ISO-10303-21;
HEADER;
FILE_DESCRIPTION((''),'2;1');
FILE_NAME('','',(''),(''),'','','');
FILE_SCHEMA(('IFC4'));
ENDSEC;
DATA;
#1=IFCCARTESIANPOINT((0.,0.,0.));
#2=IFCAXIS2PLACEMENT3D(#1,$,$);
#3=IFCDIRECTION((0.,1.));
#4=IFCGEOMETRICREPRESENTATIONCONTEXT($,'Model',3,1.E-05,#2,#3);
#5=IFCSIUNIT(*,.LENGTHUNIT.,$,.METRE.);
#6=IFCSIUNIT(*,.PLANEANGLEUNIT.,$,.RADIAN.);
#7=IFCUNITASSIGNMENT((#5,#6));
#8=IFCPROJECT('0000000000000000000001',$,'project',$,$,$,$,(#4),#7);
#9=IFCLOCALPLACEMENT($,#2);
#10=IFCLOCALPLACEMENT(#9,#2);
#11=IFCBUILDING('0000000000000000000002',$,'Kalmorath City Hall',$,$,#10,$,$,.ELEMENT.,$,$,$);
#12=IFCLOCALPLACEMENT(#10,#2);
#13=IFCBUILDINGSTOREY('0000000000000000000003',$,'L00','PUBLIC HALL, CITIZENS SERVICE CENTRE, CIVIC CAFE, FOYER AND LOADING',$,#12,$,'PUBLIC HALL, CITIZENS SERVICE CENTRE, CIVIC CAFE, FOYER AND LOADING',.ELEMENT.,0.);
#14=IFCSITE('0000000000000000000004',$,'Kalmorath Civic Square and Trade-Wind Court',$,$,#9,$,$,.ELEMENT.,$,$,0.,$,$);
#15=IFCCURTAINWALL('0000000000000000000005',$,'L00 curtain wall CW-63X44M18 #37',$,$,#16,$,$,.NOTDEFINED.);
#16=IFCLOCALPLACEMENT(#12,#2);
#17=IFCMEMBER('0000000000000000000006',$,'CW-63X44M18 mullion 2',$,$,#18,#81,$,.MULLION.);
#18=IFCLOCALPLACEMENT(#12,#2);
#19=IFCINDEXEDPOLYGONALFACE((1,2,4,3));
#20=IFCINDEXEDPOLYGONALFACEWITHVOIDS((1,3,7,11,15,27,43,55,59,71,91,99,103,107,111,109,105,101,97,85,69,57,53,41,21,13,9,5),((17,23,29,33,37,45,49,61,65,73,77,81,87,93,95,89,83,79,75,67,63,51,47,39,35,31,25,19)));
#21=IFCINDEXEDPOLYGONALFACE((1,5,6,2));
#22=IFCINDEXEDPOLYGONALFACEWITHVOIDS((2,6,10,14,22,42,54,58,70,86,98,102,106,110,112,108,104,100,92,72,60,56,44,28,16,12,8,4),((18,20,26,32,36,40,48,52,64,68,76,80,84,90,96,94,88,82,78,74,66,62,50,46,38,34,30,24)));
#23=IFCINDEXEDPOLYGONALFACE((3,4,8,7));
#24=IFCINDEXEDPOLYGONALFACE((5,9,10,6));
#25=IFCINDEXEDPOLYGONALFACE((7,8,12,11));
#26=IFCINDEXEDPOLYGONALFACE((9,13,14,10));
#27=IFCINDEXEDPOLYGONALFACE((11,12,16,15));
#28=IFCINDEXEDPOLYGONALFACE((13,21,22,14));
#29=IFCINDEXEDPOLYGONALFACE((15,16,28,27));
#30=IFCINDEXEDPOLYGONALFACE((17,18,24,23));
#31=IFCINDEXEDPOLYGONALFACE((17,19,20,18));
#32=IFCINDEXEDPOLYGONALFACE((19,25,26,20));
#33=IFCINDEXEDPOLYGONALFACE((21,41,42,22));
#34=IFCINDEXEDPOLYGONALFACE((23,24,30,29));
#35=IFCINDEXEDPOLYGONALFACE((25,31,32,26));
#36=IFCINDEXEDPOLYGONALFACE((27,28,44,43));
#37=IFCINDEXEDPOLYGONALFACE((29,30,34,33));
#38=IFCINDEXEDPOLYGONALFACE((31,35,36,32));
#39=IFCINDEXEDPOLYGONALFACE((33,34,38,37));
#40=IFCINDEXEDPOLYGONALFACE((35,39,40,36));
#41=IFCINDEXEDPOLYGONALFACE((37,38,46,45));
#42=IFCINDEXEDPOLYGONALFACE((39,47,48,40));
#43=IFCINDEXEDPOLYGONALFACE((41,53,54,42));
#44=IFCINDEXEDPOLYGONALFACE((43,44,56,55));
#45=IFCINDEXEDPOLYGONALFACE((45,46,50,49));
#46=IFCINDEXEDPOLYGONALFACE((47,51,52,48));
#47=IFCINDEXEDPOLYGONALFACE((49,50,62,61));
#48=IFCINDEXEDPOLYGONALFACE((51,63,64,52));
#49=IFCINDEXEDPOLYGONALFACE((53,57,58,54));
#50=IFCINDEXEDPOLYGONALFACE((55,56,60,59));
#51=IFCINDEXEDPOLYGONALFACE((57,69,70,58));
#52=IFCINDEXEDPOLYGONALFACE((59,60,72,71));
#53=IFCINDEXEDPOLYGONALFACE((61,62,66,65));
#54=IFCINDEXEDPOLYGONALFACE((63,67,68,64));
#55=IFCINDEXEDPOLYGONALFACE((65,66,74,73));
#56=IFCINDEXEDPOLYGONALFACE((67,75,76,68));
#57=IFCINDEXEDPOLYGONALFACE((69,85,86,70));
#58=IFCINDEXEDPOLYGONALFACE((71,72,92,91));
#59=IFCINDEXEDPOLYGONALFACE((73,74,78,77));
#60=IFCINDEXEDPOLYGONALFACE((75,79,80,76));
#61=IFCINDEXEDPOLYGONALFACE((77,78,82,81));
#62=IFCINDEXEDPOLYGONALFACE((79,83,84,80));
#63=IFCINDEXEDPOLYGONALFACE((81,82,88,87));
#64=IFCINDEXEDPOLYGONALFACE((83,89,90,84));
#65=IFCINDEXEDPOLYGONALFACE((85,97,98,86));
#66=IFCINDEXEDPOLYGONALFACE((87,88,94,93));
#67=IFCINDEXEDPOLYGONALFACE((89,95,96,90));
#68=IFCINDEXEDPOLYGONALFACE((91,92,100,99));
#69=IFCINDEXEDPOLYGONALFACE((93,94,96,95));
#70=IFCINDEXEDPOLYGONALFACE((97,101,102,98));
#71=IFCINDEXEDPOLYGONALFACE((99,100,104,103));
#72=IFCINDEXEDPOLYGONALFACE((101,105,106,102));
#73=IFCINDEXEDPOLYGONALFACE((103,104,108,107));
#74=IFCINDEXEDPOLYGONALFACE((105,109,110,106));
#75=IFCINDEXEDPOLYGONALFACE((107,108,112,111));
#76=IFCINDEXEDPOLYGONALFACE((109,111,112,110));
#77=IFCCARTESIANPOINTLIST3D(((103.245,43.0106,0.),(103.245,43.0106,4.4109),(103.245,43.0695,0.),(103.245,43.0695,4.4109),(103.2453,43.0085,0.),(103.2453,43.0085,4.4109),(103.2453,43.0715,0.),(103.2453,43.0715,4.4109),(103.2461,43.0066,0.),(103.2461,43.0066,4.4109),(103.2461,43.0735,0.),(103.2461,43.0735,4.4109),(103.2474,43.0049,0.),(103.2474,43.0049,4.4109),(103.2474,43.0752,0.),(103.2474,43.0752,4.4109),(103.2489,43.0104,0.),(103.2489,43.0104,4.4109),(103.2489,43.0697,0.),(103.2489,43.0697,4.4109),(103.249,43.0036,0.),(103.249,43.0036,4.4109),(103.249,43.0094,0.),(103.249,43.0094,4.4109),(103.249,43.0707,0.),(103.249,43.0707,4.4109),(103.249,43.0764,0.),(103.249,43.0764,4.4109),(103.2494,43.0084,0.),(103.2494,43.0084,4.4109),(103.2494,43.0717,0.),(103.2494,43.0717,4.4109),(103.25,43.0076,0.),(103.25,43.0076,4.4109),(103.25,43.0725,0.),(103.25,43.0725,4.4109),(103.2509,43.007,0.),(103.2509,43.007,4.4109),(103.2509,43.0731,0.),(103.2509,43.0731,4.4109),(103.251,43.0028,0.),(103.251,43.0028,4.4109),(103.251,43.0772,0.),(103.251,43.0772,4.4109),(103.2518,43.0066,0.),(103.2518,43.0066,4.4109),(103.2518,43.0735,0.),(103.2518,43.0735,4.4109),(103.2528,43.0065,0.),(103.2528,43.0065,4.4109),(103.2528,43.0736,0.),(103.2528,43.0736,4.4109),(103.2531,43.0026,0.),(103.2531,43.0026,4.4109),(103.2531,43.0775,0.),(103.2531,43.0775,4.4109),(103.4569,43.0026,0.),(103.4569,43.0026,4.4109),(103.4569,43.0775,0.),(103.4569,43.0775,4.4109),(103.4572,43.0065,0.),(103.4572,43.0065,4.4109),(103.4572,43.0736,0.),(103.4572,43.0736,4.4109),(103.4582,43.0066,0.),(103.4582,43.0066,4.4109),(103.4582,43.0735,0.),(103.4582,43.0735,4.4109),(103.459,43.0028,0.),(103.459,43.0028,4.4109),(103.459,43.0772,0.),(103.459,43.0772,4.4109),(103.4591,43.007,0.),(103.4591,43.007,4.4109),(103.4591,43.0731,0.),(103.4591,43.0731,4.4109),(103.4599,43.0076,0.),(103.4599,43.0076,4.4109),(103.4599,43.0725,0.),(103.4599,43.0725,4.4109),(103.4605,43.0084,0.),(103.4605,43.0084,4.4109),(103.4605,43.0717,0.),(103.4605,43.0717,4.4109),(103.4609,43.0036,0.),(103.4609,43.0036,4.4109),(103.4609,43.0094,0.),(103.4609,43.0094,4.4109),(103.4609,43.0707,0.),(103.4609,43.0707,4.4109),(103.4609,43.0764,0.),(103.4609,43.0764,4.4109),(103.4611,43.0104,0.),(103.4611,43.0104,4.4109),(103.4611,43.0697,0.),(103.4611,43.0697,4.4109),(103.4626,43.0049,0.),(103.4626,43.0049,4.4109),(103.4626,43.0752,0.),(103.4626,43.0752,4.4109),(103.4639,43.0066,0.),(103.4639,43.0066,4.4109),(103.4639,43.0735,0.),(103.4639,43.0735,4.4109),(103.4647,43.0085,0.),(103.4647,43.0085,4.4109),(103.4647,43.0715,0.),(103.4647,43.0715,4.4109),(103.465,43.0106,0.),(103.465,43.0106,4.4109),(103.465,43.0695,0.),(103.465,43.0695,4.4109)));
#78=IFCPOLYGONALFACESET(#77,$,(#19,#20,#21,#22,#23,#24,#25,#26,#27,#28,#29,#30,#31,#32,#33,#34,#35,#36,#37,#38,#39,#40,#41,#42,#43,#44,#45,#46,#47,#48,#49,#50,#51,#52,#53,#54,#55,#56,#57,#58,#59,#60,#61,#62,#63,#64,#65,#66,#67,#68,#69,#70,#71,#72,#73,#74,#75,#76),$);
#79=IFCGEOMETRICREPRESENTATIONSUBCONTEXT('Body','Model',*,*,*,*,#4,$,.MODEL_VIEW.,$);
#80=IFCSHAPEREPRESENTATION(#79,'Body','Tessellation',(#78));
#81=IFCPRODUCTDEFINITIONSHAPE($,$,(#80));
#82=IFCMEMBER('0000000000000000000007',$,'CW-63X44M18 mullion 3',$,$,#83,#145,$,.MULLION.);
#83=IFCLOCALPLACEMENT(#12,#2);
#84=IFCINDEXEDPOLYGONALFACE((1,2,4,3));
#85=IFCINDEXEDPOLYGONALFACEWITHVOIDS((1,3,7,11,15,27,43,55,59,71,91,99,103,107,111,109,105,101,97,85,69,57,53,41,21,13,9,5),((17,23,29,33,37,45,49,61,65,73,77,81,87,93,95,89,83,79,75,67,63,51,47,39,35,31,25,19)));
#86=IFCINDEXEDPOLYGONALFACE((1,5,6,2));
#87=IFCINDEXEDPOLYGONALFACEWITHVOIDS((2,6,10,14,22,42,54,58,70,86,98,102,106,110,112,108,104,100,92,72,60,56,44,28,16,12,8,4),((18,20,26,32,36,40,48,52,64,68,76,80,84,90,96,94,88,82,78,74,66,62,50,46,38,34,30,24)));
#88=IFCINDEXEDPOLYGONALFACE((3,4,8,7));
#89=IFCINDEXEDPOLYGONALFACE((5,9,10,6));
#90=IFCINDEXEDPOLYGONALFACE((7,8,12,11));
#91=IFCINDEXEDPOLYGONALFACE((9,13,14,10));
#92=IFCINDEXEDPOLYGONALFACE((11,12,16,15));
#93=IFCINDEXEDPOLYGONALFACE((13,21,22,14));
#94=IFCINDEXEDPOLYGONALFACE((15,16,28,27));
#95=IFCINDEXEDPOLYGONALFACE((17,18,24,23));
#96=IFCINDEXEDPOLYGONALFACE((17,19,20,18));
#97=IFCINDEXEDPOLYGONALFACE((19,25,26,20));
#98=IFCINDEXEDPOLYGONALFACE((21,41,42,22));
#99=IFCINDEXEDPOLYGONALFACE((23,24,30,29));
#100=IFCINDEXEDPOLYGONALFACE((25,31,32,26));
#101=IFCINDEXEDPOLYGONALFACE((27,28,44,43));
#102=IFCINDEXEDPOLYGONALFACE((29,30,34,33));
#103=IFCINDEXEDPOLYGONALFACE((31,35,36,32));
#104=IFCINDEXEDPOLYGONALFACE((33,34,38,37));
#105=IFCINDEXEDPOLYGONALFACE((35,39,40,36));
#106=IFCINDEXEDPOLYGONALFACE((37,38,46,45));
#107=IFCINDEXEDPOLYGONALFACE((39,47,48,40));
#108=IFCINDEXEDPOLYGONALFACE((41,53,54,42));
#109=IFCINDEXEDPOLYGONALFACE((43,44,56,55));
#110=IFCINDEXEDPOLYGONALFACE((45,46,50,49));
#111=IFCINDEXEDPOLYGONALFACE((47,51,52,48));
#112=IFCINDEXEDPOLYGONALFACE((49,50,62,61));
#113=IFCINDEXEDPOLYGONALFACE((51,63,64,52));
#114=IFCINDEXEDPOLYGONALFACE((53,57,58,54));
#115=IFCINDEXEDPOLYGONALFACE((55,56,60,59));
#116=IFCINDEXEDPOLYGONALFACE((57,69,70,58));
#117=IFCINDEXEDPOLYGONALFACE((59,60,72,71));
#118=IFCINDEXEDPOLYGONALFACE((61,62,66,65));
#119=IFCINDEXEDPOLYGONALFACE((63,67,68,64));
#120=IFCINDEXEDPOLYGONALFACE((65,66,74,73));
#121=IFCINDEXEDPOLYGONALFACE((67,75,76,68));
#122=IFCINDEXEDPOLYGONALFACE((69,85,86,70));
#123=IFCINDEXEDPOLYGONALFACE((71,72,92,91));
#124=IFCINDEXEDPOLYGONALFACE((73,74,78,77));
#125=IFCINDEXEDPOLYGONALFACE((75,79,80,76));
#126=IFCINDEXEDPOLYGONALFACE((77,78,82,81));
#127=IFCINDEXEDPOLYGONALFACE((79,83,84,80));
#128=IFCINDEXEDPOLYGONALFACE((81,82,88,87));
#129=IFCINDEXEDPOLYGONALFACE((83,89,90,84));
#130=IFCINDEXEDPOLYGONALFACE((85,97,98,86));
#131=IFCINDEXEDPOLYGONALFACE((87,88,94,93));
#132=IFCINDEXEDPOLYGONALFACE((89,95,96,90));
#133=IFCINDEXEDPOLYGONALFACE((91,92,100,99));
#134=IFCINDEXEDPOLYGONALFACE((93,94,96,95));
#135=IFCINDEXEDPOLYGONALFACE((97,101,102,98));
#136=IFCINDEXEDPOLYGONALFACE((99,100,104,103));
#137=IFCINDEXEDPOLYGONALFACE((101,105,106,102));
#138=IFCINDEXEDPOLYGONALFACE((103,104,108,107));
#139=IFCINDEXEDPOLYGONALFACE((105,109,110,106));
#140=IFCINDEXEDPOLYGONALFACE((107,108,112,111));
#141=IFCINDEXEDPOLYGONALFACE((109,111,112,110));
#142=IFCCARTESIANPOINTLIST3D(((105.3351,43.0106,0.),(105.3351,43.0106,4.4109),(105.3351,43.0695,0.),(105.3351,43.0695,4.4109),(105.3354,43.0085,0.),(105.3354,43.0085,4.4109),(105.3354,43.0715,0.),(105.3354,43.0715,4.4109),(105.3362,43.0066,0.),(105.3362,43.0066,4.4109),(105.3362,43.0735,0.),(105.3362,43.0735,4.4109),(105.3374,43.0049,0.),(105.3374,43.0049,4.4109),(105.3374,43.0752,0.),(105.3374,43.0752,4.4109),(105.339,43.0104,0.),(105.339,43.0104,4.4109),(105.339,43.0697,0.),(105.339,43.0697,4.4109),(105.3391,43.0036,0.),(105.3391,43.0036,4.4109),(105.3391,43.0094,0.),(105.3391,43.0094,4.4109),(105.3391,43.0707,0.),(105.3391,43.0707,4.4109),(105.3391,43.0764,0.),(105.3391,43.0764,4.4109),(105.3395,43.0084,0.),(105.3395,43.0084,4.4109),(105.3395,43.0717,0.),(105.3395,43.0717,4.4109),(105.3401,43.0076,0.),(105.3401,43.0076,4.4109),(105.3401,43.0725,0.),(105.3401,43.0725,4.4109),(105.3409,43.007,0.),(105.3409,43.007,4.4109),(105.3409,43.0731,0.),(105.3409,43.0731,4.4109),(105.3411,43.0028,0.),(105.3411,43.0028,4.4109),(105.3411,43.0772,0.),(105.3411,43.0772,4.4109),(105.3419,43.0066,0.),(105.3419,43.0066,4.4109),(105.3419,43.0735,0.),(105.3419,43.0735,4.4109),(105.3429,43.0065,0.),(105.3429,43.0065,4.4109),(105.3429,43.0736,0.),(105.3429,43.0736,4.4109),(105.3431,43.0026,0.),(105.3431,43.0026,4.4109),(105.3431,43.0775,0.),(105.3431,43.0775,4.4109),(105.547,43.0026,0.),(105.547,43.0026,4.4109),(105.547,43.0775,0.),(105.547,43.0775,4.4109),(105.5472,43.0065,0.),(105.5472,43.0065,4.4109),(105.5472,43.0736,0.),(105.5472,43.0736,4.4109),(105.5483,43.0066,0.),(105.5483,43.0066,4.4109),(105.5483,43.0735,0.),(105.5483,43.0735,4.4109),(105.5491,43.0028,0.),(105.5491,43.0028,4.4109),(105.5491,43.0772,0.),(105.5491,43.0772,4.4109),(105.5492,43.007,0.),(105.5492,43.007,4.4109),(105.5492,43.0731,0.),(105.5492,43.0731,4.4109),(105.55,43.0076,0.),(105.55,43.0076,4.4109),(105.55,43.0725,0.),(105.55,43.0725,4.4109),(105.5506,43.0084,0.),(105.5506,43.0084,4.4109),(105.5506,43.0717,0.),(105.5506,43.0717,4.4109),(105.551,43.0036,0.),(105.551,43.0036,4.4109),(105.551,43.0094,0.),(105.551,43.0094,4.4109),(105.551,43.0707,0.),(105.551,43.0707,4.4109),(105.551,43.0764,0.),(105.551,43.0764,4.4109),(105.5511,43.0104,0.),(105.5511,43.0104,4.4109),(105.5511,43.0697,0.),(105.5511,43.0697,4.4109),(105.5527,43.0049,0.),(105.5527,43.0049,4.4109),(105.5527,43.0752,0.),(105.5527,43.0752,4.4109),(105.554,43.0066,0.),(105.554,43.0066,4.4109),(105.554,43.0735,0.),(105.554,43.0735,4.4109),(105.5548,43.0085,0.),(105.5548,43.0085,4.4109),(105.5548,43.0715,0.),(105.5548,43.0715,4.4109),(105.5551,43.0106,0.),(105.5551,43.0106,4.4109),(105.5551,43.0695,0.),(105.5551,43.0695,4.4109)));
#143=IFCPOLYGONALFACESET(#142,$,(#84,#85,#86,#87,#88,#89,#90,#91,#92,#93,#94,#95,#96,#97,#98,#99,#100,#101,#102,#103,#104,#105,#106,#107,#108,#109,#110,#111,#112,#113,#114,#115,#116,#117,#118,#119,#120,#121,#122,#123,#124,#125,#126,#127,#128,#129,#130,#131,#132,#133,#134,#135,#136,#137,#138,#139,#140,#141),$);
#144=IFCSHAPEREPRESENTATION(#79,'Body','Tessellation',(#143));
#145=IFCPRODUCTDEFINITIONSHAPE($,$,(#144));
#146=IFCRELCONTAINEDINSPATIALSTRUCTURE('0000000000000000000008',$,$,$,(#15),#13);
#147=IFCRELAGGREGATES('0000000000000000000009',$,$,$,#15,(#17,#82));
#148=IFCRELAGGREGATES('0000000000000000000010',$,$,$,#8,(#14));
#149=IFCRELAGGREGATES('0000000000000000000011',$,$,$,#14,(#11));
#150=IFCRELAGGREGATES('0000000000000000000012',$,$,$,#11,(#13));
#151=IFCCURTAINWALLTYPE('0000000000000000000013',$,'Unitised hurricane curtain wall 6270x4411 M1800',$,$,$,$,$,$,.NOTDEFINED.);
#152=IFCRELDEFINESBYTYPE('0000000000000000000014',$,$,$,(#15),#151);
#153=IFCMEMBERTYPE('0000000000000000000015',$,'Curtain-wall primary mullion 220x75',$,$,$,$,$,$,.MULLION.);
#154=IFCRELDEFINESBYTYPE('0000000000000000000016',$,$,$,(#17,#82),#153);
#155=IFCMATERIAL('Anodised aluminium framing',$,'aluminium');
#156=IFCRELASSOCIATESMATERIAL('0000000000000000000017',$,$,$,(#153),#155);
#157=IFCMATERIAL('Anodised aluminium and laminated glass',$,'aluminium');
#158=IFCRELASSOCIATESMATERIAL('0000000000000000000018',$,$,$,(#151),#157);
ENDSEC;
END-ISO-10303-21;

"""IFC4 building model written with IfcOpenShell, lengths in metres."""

from ifc_helpers import new_model, si_unit, direction, frame, origin, origin_2d, place, context, subcontext, project, spatial, hollow_rectangle, extrude, material, material_profile, profile_set, type_object, element, aggregate, save


model = new_model("IFC4")

# Units and contexts
model_context = context("Model", 3, precision=1e-05, world=origin(), true_north=direction((0.0, 1.0)))
body_context = subcontext(model_context, "Body", "Model", "MODEL_VIEW")
ifc_project = project(units=[si_unit("LENGTHUNIT", "METRE"), si_unit("PLANEANGLEUNIT", "RADIAN")], contexts=[model_context])

# Site, building, storey
site_placement = place(None, origin())
site = spatial("IfcSite", under=ifc_project, at=site_placement, Name="Kalmorath Civic Square and Trade-Wind Court", CompositionType="ELEMENT", RefElevation=0.0)
building_placement = place(site_placement, origin())
building = spatial("IfcBuilding", under=site, at=building_placement, Name="Kalmorath City Hall", CompositionType="ELEMENT")
storey_placement = place(building_placement, origin())
storey = spatial("IfcBuildingStorey", under=building, at=storey_placement, Name="L00", Description="PUBLIC HALL, CITIZENS SERVICE CENTRE, CIVIC CAFE, FOYER AND LOADING", LongName="PUBLIC HALL, CITIZENS SERVICE CENTRE, CIVIC CAFE, FOYER AND LOADING", CompositionType="ELEMENT", Elevation=0.0)

# Shared definitions
ifc_material_1 = material(Name="Anodised aluminium framing", Category="aluminium")
ifc_material_profile_1 = material_profile(ifc_material_1, hollow_rectangle(XDim=0.075, YDim=0.22, WallThickness=0.0039, InnerFilletRadius=0.0039, OuterFilletRadius=0.0081, at=origin_2d()), Name="ALU-MUL-220X75X4")
ifc_profile_set_1 = profile_set([ifc_material_profile_1], Name="Anodised aluminium framing")
member_type_1 = type_object("IfcMemberType", Name="Curtain-wall primary mullion 220x75", PredefinedType="MULLION", material=ifc_profile_set_1)

# Curtain wall, members
ifc_material_2 = material(Name="Anodised aluminium and laminated glass", Category="aluminium")
curtain_wall_type_1 = type_object("IfcCurtainWallType", Name="Unitised hurricane curtain wall 6270x4411 M1800", PredefinedType="NOTDEFINED", material=ifc_material_2)
curtain_wall_1_placement = place(storey_placement, origin())
curtain_wall_1 = element("IfcCurtainWall", 1, at=curtain_wall_1_placement, inside=storey, type_object=curtain_wall_type_1, Name="L00 curtain wall CW-63X44M18 #37", PredefinedType="NOTDEFINED")
member_1_placement = place(storey_placement, frame((103.355, 43.04, 0.0), z_axis=(0.0, 0.0, 1.0), x_axis=(0.0, 1.0, 0.0)))
member_1 = element("IfcMember", 2, at=member_1_placement, type_object=member_type_1, Name="CW-63X44M18 mullion 2", PredefinedType="MULLION", context=body_context, shape_type="SweptSolid", body=[
    extrude(hollow_rectangle(XDim=0.075, YDim=0.22, WallThickness=0.0039, InnerFilletRadius=0.0039, OuterFilletRadius=0.0081, at=origin_2d()), origin(), (0.0, 0.0, 1.0), 4.4109),
])
member_2_placement = place(storey_placement, frame((105.4451, 43.04, 0.0), z_axis=(0.0, 0.0, 1.0), x_axis=(0.0, 1.0, 0.0)))
member_2 = element("IfcMember", 3, at=member_2_placement, type_object=member_type_1, Name="CW-63X44M18 mullion 3", PredefinedType="MULLION", context=body_context, shape_type="SweptSolid", body=[
    extrude(hollow_rectangle(XDim=0.075, YDim=0.22, WallThickness=0.0039, InnerFilletRadius=0.0039, OuterFilletRadius=0.0081, at=origin_2d()), origin(), (0.0, 0.0, 1.0), 4.4109),
])

aggregate(curtain_wall_1, [member_1, member_2])

save(model, "model.ifc")
